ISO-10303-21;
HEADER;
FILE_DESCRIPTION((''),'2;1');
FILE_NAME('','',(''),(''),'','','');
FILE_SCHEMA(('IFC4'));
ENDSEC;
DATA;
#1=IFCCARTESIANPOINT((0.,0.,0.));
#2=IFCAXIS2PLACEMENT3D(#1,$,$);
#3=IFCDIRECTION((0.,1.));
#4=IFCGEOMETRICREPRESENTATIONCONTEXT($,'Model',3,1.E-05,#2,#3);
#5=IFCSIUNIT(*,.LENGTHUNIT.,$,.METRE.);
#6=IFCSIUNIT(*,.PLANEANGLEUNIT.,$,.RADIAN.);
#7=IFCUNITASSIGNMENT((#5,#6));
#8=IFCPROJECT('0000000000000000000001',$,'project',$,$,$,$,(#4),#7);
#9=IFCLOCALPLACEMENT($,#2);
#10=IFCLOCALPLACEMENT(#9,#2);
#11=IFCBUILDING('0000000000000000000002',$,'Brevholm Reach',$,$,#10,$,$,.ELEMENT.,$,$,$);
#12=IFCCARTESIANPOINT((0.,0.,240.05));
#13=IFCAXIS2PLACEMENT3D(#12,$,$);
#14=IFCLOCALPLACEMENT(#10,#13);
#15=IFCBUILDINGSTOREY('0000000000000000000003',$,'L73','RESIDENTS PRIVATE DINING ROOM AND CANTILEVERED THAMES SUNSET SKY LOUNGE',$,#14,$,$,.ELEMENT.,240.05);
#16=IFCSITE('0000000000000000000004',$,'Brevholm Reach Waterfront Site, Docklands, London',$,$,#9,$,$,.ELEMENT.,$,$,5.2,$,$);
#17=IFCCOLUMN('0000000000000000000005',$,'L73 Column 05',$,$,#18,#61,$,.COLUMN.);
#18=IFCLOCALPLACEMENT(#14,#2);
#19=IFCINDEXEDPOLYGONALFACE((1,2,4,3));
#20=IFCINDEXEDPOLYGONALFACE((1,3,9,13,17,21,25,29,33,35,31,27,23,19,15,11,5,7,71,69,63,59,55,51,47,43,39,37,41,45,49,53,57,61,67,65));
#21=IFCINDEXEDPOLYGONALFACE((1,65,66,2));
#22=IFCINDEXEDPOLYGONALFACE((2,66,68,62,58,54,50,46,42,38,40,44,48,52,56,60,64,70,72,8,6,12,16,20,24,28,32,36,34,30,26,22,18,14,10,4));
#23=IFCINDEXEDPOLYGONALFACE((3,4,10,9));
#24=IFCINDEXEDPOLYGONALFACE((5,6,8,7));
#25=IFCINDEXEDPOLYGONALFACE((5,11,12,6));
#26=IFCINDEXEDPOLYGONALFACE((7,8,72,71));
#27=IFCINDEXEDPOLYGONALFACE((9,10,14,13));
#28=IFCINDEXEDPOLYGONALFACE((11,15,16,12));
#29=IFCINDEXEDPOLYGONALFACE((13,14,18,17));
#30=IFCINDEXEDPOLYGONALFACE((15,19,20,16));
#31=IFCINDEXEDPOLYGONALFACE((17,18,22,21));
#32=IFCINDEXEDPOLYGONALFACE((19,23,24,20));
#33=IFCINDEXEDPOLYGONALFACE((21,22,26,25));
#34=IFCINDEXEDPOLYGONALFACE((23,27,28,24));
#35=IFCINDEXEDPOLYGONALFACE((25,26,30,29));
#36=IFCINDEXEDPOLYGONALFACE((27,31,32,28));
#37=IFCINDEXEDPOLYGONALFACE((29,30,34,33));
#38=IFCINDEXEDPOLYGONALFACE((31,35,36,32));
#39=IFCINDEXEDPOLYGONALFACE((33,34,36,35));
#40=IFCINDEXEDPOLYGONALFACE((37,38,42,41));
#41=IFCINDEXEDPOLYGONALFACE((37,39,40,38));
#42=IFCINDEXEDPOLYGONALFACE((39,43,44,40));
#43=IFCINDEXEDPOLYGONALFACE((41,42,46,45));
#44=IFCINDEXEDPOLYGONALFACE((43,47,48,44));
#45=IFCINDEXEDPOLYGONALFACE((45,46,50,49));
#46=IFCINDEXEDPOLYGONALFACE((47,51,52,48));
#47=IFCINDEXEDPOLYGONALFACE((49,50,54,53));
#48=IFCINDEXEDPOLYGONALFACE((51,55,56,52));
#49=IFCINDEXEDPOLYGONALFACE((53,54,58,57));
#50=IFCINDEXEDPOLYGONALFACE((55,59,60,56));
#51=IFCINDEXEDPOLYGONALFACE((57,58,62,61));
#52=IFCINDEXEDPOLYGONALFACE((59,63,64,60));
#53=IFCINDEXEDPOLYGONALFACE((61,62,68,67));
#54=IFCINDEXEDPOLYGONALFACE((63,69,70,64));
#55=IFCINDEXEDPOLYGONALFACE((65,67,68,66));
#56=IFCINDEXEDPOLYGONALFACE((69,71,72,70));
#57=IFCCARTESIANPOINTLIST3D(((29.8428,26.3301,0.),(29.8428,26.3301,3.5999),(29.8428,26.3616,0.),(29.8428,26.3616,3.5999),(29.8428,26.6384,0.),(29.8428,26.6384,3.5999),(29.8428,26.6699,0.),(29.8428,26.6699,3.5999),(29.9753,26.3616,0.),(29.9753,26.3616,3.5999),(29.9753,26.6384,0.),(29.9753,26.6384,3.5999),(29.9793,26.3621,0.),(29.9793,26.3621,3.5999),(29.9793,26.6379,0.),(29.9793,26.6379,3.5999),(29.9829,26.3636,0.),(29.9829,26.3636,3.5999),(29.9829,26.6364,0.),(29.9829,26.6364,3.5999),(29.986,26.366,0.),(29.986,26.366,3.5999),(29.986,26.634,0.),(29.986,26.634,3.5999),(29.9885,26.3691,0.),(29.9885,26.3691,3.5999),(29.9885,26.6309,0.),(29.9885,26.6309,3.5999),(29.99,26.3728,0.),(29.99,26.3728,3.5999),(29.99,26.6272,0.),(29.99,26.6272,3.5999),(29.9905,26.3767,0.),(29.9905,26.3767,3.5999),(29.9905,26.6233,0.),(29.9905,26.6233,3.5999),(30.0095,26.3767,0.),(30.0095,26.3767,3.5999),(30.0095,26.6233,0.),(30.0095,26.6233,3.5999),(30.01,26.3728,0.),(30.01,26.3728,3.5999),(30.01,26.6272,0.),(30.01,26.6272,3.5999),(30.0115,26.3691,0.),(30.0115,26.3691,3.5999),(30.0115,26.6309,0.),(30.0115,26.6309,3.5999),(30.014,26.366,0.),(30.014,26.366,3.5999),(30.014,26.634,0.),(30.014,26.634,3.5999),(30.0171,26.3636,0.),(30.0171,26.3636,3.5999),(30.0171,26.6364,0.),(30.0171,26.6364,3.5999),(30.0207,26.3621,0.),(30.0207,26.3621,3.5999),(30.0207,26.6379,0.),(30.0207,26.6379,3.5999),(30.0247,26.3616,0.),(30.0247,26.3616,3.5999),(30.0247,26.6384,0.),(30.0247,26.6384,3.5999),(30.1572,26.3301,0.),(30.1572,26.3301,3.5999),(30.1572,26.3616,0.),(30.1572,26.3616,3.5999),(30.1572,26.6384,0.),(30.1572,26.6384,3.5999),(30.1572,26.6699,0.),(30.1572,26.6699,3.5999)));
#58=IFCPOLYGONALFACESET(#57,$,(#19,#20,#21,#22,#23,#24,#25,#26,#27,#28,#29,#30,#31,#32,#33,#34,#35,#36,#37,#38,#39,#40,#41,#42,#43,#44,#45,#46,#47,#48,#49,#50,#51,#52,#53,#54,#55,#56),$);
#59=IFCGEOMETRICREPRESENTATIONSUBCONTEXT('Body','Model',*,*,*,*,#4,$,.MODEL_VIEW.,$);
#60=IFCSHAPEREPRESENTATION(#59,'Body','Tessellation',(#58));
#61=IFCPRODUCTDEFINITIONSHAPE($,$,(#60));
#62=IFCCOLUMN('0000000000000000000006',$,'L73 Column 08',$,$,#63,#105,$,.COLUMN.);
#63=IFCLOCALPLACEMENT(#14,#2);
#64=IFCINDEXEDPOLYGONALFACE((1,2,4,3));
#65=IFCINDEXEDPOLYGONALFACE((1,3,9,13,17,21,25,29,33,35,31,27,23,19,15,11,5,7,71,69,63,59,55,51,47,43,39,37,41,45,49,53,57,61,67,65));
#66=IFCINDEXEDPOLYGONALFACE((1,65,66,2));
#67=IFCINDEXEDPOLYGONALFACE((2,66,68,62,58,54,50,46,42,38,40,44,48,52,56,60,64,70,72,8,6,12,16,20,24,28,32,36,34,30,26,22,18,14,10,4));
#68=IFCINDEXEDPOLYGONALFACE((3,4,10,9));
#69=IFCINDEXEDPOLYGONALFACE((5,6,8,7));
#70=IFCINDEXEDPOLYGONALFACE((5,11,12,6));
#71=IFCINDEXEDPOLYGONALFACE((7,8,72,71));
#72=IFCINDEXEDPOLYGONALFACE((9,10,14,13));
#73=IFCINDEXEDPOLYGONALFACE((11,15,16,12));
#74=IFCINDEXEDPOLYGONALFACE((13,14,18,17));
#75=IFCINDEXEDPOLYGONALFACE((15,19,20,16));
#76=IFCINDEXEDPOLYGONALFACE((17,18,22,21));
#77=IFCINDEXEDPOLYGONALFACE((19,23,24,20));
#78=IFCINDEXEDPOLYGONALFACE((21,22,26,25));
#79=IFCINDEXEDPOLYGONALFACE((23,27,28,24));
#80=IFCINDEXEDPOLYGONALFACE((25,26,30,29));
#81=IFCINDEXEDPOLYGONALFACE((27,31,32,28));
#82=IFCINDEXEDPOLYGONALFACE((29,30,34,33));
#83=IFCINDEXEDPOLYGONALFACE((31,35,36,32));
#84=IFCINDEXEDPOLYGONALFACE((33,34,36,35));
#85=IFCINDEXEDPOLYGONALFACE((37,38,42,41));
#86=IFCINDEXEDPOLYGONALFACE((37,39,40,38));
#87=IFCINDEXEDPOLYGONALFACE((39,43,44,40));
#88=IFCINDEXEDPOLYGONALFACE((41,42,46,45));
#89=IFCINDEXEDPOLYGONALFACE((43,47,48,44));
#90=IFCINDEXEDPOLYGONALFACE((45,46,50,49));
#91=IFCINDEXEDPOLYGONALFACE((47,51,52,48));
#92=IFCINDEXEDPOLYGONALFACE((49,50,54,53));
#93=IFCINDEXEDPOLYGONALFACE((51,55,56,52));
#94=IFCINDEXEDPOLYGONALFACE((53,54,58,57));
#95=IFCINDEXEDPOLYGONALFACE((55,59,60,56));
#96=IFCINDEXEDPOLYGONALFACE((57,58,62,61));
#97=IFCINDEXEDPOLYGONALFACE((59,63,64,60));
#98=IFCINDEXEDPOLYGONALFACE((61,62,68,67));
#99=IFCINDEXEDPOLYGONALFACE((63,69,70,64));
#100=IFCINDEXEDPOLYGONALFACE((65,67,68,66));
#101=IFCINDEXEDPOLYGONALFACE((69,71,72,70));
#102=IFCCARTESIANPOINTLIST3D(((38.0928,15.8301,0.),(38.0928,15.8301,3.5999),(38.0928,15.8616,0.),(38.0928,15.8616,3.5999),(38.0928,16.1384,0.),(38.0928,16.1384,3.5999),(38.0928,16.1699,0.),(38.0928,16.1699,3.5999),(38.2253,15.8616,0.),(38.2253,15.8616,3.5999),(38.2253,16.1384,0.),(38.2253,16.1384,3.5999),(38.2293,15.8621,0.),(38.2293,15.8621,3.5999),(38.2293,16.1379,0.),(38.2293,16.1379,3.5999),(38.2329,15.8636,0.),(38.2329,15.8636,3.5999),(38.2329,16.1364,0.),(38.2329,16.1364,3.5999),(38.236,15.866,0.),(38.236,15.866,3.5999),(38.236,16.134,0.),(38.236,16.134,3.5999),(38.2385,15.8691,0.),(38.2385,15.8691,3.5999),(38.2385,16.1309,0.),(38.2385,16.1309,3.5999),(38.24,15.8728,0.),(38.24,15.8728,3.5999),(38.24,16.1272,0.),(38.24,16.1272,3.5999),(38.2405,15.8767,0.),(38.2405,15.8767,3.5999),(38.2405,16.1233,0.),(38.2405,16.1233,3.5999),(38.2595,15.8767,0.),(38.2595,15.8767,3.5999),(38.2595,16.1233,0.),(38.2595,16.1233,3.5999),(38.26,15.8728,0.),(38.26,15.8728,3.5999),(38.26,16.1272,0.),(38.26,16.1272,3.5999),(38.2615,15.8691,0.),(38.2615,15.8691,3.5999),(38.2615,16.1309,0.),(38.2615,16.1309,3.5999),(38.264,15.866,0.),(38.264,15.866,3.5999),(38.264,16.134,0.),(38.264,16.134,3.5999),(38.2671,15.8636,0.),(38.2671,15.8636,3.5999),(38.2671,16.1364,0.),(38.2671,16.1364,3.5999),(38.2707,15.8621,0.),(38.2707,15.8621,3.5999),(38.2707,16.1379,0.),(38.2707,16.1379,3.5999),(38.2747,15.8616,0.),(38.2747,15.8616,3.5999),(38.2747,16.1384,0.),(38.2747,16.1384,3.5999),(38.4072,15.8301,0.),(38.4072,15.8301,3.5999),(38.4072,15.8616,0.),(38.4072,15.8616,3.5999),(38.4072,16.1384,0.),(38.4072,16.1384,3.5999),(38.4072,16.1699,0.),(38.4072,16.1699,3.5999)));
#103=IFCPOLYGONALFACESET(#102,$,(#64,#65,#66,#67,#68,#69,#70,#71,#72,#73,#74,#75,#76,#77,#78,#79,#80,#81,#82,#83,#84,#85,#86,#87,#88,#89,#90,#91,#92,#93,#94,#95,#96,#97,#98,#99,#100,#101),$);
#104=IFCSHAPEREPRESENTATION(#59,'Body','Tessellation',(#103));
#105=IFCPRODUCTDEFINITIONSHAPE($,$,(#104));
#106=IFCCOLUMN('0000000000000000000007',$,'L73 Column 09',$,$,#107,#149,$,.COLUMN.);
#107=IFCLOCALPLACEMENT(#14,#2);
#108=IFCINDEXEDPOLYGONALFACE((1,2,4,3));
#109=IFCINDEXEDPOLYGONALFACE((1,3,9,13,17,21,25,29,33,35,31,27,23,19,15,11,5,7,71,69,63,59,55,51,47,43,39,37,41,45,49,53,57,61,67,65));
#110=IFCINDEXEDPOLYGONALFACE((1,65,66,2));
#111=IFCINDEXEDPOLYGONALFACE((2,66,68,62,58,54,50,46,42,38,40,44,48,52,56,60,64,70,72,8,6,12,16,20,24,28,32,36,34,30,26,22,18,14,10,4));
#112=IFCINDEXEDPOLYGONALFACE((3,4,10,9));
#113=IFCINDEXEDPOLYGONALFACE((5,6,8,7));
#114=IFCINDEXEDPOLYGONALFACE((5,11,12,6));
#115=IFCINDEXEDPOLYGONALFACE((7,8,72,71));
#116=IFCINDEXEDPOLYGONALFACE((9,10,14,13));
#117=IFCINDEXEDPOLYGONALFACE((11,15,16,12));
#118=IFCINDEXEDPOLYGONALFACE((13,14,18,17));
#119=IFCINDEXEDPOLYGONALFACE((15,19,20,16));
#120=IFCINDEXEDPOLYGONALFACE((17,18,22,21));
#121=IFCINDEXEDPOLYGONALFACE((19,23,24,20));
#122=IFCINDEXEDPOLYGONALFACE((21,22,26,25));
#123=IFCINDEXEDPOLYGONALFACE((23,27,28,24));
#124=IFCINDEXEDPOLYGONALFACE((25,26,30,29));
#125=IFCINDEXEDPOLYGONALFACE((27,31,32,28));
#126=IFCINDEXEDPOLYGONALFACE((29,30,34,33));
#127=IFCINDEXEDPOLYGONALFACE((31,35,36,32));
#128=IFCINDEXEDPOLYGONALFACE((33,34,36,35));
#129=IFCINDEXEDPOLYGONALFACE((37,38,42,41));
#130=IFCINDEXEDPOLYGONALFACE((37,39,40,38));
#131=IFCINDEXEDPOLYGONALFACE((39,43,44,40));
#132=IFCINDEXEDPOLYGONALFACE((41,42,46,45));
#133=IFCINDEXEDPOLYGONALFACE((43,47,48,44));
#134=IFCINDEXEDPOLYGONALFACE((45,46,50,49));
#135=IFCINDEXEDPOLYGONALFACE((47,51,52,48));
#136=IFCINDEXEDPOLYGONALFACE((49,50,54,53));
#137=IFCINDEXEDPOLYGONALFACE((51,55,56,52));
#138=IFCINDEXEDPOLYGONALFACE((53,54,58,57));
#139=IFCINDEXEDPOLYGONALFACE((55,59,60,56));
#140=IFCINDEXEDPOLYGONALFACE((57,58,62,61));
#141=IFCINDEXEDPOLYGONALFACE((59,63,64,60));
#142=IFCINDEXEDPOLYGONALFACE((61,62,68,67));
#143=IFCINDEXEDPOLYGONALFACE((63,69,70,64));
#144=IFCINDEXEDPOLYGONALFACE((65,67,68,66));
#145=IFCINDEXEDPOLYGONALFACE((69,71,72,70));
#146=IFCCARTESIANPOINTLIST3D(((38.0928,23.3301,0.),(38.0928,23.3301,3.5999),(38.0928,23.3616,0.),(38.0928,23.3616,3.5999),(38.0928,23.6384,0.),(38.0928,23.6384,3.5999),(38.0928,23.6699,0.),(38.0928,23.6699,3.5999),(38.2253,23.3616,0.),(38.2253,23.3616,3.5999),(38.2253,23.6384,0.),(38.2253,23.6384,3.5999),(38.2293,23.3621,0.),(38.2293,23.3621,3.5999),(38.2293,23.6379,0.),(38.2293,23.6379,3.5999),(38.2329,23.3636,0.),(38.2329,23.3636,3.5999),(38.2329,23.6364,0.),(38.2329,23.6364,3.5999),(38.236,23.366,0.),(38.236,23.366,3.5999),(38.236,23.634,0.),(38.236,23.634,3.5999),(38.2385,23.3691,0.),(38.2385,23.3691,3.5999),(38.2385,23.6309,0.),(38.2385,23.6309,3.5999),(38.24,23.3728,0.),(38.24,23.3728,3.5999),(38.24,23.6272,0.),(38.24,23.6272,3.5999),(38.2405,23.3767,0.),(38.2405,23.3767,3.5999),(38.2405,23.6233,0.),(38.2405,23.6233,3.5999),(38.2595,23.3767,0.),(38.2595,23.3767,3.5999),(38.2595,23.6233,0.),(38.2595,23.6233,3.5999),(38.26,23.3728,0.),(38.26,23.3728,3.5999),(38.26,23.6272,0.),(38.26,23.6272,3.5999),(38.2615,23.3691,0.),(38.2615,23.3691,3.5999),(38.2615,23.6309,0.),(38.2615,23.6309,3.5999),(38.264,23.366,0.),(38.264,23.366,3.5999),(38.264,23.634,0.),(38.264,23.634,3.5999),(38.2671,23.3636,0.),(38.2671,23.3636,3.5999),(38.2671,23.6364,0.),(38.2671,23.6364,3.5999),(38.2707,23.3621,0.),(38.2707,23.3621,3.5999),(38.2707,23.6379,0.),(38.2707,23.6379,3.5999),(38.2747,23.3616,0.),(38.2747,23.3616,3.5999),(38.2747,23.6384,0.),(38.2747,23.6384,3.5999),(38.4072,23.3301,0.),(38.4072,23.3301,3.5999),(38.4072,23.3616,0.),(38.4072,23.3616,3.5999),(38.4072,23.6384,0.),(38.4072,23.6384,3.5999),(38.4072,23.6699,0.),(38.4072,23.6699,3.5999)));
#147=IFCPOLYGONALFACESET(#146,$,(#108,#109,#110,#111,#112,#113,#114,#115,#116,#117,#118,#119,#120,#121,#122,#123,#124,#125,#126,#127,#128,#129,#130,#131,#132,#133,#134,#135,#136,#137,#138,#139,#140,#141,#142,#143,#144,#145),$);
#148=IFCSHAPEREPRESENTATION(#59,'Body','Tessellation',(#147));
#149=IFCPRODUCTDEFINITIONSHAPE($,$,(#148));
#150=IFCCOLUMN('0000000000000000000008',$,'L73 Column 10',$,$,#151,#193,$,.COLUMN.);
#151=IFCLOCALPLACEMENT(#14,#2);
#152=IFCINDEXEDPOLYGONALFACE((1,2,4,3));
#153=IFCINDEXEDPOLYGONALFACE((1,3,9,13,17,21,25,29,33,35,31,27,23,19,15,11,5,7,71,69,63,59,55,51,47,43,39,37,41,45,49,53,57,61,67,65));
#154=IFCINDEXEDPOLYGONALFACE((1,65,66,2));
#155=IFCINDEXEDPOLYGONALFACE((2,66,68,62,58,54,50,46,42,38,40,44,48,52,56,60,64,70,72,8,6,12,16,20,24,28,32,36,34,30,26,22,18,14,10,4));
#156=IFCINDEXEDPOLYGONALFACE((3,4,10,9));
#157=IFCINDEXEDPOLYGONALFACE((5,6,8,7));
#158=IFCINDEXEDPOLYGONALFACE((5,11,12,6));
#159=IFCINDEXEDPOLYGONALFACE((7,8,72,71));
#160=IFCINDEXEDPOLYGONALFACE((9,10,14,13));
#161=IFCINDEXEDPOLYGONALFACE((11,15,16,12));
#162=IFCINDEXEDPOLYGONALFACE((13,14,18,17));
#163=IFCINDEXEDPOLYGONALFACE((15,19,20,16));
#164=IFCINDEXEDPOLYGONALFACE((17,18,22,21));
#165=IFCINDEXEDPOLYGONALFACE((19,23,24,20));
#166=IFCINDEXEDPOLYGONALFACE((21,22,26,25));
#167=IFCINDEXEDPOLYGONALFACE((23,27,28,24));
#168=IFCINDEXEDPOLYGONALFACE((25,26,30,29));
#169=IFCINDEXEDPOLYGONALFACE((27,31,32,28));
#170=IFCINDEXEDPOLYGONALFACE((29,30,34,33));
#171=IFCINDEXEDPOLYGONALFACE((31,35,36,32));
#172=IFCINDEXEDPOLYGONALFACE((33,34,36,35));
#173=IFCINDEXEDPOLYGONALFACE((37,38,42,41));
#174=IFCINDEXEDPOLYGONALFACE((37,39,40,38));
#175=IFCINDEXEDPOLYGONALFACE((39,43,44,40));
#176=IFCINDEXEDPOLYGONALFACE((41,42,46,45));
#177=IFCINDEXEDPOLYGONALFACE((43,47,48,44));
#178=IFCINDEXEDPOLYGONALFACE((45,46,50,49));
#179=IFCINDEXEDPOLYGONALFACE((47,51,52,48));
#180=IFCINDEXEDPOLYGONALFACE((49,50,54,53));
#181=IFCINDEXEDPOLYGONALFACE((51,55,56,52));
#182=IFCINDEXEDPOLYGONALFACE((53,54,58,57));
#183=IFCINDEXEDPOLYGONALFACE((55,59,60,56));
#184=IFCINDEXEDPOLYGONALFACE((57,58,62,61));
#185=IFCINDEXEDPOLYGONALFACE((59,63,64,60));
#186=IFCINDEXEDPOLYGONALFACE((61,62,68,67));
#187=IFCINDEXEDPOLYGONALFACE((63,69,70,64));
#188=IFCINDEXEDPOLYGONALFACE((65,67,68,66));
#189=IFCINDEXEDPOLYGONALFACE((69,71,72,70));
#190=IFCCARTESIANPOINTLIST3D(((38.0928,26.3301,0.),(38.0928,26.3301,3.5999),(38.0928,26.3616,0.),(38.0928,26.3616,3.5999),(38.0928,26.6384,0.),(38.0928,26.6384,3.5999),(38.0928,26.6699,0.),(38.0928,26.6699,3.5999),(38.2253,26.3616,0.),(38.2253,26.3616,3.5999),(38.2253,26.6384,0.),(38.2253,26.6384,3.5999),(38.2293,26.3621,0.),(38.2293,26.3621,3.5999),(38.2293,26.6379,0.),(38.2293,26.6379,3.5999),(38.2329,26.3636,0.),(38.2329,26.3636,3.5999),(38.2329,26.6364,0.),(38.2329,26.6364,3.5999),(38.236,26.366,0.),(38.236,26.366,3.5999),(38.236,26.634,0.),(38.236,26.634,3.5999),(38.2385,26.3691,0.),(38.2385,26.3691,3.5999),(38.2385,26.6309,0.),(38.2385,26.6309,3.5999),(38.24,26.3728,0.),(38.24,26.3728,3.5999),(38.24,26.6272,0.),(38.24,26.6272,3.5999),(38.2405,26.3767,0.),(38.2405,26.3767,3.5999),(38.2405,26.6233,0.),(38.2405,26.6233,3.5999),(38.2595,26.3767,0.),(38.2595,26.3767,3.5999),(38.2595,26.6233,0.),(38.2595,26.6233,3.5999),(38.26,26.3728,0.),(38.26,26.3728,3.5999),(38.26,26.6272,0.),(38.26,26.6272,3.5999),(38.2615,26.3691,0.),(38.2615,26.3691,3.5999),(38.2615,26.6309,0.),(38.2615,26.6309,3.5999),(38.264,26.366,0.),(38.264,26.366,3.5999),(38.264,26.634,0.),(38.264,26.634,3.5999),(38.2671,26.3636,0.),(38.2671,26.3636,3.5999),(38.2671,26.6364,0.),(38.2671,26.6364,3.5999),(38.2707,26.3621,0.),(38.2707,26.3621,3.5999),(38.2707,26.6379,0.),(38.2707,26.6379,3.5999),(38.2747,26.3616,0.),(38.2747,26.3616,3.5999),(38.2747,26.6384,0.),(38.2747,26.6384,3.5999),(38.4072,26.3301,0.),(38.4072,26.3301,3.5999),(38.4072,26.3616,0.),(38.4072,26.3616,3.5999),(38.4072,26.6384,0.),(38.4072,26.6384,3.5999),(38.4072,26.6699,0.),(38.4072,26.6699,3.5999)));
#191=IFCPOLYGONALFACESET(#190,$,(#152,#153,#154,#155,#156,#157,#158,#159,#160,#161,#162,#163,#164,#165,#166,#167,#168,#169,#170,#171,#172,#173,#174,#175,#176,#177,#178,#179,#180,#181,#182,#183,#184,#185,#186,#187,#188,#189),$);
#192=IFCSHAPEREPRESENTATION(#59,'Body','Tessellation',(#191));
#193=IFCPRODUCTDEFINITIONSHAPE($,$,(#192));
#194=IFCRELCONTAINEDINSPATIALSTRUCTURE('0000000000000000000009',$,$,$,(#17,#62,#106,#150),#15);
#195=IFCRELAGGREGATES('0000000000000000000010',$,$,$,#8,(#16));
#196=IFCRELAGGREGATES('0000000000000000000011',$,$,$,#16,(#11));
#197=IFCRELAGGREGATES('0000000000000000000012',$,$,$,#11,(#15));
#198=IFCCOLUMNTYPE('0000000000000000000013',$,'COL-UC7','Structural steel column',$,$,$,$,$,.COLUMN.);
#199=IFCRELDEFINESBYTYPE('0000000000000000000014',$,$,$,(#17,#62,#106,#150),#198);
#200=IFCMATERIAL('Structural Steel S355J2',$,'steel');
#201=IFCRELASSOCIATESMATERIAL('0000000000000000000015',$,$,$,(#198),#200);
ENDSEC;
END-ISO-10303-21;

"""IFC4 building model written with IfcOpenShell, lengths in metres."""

from ifc_helpers import new_model, si_unit, direction, frame, origin, origin_2d, place, context, subcontext, project, spatial, i_section, extrude, material, material_profile, profile_set, type_object, element, save


model = new_model("IFC4")

# Units and contexts
model_context = context("Model", 3, precision=1e-05, world=origin(), true_north=direction((0.0, 1.0)))
body_context = subcontext(model_context, "Body", "Model", "MODEL_VIEW")
ifc_project = project(units=[si_unit("LENGTHUNIT", "METRE"), si_unit("PLANEANGLEUNIT", "RADIAN")], contexts=[model_context])

# Site, building, storey
site_placement = place(None, origin())
site = spatial("IfcSite", under=ifc_project, at=site_placement, Name="Brevholm Reach Waterfront Site, Docklands, London", CompositionType="ELEMENT", RefElevation=5.2)
building_placement = place(site_placement, origin())
building = spatial("IfcBuilding", under=site, at=building_placement, Name="Brevholm Reach", CompositionType="ELEMENT")
storey_placement = place(building_placement, frame((0.0, 0.0, 240.05)))
storey = spatial("IfcBuildingStorey", under=building, at=storey_placement, Name="L73", Description="RESIDENTS PRIVATE DINING ROOM AND CANTILEVERED THAMES SUNSET SKY LOUNGE", CompositionType="ELEMENT", Elevation=240.05)

# Columns
ifc_material_1 = material(Name="Structural Steel S355J2", Category="steel")
ifc_material_profile_1 = material_profile(ifc_material_1, i_section(OverallWidth=0.3145, OverallDepth=0.3398, WebThickness=0.019, FlangeThickness=0.0315, FilletRadius=0.0151, at=origin_2d()), Name="UKC 305x305x198")
ifc_profile_set_1 = profile_set([ifc_material_profile_1], Name="Structural Steel S355J2")
column_type = type_object("IfcColumnType", Name="COL-UC7", Description="Structural steel column", PredefinedType="COLUMN", material=ifc_profile_set_1)
for number, where, z_axis, x_axis, name in (
    (1, (30.0, 26.5, 0.0), (0.0, 0.0, 1.0), (1.0, 0.0, 0.0), "L73 Column 05"),
    (2, (38.25, 16.0, 0.0), (0.0, 0.0, 1.0), (1.0, 0.0, 0.0), "L73 Column 08"),
    (3, (38.25, 23.5, 0.0), (0.0, 0.0, 1.0), (1.0, 0.0, 0.0), "L73 Column 09"),
    (4, (38.25, 26.5, 0.0), (0.0, 0.0, 1.0), (1.0, 0.0, 0.0), "L73 Column 10"),
):
    element("IfcColumn", number, at=place(storey_placement, frame(where, z_axis=z_axis, x_axis=x_axis)), inside=storey, type_object=column_type, Name=name, PredefinedType="COLUMN", context=body_context, shape_type="SweptSolid", body=[
        extrude(i_section(OverallWidth=0.3145, OverallDepth=0.3398, WebThickness=0.019, FlangeThickness=0.0315, FilletRadius=0.0151, at=origin_2d()), origin(), (0.0, 0.0, 1.0), 3.5999),
    ])

save(model, "model.ifc")
